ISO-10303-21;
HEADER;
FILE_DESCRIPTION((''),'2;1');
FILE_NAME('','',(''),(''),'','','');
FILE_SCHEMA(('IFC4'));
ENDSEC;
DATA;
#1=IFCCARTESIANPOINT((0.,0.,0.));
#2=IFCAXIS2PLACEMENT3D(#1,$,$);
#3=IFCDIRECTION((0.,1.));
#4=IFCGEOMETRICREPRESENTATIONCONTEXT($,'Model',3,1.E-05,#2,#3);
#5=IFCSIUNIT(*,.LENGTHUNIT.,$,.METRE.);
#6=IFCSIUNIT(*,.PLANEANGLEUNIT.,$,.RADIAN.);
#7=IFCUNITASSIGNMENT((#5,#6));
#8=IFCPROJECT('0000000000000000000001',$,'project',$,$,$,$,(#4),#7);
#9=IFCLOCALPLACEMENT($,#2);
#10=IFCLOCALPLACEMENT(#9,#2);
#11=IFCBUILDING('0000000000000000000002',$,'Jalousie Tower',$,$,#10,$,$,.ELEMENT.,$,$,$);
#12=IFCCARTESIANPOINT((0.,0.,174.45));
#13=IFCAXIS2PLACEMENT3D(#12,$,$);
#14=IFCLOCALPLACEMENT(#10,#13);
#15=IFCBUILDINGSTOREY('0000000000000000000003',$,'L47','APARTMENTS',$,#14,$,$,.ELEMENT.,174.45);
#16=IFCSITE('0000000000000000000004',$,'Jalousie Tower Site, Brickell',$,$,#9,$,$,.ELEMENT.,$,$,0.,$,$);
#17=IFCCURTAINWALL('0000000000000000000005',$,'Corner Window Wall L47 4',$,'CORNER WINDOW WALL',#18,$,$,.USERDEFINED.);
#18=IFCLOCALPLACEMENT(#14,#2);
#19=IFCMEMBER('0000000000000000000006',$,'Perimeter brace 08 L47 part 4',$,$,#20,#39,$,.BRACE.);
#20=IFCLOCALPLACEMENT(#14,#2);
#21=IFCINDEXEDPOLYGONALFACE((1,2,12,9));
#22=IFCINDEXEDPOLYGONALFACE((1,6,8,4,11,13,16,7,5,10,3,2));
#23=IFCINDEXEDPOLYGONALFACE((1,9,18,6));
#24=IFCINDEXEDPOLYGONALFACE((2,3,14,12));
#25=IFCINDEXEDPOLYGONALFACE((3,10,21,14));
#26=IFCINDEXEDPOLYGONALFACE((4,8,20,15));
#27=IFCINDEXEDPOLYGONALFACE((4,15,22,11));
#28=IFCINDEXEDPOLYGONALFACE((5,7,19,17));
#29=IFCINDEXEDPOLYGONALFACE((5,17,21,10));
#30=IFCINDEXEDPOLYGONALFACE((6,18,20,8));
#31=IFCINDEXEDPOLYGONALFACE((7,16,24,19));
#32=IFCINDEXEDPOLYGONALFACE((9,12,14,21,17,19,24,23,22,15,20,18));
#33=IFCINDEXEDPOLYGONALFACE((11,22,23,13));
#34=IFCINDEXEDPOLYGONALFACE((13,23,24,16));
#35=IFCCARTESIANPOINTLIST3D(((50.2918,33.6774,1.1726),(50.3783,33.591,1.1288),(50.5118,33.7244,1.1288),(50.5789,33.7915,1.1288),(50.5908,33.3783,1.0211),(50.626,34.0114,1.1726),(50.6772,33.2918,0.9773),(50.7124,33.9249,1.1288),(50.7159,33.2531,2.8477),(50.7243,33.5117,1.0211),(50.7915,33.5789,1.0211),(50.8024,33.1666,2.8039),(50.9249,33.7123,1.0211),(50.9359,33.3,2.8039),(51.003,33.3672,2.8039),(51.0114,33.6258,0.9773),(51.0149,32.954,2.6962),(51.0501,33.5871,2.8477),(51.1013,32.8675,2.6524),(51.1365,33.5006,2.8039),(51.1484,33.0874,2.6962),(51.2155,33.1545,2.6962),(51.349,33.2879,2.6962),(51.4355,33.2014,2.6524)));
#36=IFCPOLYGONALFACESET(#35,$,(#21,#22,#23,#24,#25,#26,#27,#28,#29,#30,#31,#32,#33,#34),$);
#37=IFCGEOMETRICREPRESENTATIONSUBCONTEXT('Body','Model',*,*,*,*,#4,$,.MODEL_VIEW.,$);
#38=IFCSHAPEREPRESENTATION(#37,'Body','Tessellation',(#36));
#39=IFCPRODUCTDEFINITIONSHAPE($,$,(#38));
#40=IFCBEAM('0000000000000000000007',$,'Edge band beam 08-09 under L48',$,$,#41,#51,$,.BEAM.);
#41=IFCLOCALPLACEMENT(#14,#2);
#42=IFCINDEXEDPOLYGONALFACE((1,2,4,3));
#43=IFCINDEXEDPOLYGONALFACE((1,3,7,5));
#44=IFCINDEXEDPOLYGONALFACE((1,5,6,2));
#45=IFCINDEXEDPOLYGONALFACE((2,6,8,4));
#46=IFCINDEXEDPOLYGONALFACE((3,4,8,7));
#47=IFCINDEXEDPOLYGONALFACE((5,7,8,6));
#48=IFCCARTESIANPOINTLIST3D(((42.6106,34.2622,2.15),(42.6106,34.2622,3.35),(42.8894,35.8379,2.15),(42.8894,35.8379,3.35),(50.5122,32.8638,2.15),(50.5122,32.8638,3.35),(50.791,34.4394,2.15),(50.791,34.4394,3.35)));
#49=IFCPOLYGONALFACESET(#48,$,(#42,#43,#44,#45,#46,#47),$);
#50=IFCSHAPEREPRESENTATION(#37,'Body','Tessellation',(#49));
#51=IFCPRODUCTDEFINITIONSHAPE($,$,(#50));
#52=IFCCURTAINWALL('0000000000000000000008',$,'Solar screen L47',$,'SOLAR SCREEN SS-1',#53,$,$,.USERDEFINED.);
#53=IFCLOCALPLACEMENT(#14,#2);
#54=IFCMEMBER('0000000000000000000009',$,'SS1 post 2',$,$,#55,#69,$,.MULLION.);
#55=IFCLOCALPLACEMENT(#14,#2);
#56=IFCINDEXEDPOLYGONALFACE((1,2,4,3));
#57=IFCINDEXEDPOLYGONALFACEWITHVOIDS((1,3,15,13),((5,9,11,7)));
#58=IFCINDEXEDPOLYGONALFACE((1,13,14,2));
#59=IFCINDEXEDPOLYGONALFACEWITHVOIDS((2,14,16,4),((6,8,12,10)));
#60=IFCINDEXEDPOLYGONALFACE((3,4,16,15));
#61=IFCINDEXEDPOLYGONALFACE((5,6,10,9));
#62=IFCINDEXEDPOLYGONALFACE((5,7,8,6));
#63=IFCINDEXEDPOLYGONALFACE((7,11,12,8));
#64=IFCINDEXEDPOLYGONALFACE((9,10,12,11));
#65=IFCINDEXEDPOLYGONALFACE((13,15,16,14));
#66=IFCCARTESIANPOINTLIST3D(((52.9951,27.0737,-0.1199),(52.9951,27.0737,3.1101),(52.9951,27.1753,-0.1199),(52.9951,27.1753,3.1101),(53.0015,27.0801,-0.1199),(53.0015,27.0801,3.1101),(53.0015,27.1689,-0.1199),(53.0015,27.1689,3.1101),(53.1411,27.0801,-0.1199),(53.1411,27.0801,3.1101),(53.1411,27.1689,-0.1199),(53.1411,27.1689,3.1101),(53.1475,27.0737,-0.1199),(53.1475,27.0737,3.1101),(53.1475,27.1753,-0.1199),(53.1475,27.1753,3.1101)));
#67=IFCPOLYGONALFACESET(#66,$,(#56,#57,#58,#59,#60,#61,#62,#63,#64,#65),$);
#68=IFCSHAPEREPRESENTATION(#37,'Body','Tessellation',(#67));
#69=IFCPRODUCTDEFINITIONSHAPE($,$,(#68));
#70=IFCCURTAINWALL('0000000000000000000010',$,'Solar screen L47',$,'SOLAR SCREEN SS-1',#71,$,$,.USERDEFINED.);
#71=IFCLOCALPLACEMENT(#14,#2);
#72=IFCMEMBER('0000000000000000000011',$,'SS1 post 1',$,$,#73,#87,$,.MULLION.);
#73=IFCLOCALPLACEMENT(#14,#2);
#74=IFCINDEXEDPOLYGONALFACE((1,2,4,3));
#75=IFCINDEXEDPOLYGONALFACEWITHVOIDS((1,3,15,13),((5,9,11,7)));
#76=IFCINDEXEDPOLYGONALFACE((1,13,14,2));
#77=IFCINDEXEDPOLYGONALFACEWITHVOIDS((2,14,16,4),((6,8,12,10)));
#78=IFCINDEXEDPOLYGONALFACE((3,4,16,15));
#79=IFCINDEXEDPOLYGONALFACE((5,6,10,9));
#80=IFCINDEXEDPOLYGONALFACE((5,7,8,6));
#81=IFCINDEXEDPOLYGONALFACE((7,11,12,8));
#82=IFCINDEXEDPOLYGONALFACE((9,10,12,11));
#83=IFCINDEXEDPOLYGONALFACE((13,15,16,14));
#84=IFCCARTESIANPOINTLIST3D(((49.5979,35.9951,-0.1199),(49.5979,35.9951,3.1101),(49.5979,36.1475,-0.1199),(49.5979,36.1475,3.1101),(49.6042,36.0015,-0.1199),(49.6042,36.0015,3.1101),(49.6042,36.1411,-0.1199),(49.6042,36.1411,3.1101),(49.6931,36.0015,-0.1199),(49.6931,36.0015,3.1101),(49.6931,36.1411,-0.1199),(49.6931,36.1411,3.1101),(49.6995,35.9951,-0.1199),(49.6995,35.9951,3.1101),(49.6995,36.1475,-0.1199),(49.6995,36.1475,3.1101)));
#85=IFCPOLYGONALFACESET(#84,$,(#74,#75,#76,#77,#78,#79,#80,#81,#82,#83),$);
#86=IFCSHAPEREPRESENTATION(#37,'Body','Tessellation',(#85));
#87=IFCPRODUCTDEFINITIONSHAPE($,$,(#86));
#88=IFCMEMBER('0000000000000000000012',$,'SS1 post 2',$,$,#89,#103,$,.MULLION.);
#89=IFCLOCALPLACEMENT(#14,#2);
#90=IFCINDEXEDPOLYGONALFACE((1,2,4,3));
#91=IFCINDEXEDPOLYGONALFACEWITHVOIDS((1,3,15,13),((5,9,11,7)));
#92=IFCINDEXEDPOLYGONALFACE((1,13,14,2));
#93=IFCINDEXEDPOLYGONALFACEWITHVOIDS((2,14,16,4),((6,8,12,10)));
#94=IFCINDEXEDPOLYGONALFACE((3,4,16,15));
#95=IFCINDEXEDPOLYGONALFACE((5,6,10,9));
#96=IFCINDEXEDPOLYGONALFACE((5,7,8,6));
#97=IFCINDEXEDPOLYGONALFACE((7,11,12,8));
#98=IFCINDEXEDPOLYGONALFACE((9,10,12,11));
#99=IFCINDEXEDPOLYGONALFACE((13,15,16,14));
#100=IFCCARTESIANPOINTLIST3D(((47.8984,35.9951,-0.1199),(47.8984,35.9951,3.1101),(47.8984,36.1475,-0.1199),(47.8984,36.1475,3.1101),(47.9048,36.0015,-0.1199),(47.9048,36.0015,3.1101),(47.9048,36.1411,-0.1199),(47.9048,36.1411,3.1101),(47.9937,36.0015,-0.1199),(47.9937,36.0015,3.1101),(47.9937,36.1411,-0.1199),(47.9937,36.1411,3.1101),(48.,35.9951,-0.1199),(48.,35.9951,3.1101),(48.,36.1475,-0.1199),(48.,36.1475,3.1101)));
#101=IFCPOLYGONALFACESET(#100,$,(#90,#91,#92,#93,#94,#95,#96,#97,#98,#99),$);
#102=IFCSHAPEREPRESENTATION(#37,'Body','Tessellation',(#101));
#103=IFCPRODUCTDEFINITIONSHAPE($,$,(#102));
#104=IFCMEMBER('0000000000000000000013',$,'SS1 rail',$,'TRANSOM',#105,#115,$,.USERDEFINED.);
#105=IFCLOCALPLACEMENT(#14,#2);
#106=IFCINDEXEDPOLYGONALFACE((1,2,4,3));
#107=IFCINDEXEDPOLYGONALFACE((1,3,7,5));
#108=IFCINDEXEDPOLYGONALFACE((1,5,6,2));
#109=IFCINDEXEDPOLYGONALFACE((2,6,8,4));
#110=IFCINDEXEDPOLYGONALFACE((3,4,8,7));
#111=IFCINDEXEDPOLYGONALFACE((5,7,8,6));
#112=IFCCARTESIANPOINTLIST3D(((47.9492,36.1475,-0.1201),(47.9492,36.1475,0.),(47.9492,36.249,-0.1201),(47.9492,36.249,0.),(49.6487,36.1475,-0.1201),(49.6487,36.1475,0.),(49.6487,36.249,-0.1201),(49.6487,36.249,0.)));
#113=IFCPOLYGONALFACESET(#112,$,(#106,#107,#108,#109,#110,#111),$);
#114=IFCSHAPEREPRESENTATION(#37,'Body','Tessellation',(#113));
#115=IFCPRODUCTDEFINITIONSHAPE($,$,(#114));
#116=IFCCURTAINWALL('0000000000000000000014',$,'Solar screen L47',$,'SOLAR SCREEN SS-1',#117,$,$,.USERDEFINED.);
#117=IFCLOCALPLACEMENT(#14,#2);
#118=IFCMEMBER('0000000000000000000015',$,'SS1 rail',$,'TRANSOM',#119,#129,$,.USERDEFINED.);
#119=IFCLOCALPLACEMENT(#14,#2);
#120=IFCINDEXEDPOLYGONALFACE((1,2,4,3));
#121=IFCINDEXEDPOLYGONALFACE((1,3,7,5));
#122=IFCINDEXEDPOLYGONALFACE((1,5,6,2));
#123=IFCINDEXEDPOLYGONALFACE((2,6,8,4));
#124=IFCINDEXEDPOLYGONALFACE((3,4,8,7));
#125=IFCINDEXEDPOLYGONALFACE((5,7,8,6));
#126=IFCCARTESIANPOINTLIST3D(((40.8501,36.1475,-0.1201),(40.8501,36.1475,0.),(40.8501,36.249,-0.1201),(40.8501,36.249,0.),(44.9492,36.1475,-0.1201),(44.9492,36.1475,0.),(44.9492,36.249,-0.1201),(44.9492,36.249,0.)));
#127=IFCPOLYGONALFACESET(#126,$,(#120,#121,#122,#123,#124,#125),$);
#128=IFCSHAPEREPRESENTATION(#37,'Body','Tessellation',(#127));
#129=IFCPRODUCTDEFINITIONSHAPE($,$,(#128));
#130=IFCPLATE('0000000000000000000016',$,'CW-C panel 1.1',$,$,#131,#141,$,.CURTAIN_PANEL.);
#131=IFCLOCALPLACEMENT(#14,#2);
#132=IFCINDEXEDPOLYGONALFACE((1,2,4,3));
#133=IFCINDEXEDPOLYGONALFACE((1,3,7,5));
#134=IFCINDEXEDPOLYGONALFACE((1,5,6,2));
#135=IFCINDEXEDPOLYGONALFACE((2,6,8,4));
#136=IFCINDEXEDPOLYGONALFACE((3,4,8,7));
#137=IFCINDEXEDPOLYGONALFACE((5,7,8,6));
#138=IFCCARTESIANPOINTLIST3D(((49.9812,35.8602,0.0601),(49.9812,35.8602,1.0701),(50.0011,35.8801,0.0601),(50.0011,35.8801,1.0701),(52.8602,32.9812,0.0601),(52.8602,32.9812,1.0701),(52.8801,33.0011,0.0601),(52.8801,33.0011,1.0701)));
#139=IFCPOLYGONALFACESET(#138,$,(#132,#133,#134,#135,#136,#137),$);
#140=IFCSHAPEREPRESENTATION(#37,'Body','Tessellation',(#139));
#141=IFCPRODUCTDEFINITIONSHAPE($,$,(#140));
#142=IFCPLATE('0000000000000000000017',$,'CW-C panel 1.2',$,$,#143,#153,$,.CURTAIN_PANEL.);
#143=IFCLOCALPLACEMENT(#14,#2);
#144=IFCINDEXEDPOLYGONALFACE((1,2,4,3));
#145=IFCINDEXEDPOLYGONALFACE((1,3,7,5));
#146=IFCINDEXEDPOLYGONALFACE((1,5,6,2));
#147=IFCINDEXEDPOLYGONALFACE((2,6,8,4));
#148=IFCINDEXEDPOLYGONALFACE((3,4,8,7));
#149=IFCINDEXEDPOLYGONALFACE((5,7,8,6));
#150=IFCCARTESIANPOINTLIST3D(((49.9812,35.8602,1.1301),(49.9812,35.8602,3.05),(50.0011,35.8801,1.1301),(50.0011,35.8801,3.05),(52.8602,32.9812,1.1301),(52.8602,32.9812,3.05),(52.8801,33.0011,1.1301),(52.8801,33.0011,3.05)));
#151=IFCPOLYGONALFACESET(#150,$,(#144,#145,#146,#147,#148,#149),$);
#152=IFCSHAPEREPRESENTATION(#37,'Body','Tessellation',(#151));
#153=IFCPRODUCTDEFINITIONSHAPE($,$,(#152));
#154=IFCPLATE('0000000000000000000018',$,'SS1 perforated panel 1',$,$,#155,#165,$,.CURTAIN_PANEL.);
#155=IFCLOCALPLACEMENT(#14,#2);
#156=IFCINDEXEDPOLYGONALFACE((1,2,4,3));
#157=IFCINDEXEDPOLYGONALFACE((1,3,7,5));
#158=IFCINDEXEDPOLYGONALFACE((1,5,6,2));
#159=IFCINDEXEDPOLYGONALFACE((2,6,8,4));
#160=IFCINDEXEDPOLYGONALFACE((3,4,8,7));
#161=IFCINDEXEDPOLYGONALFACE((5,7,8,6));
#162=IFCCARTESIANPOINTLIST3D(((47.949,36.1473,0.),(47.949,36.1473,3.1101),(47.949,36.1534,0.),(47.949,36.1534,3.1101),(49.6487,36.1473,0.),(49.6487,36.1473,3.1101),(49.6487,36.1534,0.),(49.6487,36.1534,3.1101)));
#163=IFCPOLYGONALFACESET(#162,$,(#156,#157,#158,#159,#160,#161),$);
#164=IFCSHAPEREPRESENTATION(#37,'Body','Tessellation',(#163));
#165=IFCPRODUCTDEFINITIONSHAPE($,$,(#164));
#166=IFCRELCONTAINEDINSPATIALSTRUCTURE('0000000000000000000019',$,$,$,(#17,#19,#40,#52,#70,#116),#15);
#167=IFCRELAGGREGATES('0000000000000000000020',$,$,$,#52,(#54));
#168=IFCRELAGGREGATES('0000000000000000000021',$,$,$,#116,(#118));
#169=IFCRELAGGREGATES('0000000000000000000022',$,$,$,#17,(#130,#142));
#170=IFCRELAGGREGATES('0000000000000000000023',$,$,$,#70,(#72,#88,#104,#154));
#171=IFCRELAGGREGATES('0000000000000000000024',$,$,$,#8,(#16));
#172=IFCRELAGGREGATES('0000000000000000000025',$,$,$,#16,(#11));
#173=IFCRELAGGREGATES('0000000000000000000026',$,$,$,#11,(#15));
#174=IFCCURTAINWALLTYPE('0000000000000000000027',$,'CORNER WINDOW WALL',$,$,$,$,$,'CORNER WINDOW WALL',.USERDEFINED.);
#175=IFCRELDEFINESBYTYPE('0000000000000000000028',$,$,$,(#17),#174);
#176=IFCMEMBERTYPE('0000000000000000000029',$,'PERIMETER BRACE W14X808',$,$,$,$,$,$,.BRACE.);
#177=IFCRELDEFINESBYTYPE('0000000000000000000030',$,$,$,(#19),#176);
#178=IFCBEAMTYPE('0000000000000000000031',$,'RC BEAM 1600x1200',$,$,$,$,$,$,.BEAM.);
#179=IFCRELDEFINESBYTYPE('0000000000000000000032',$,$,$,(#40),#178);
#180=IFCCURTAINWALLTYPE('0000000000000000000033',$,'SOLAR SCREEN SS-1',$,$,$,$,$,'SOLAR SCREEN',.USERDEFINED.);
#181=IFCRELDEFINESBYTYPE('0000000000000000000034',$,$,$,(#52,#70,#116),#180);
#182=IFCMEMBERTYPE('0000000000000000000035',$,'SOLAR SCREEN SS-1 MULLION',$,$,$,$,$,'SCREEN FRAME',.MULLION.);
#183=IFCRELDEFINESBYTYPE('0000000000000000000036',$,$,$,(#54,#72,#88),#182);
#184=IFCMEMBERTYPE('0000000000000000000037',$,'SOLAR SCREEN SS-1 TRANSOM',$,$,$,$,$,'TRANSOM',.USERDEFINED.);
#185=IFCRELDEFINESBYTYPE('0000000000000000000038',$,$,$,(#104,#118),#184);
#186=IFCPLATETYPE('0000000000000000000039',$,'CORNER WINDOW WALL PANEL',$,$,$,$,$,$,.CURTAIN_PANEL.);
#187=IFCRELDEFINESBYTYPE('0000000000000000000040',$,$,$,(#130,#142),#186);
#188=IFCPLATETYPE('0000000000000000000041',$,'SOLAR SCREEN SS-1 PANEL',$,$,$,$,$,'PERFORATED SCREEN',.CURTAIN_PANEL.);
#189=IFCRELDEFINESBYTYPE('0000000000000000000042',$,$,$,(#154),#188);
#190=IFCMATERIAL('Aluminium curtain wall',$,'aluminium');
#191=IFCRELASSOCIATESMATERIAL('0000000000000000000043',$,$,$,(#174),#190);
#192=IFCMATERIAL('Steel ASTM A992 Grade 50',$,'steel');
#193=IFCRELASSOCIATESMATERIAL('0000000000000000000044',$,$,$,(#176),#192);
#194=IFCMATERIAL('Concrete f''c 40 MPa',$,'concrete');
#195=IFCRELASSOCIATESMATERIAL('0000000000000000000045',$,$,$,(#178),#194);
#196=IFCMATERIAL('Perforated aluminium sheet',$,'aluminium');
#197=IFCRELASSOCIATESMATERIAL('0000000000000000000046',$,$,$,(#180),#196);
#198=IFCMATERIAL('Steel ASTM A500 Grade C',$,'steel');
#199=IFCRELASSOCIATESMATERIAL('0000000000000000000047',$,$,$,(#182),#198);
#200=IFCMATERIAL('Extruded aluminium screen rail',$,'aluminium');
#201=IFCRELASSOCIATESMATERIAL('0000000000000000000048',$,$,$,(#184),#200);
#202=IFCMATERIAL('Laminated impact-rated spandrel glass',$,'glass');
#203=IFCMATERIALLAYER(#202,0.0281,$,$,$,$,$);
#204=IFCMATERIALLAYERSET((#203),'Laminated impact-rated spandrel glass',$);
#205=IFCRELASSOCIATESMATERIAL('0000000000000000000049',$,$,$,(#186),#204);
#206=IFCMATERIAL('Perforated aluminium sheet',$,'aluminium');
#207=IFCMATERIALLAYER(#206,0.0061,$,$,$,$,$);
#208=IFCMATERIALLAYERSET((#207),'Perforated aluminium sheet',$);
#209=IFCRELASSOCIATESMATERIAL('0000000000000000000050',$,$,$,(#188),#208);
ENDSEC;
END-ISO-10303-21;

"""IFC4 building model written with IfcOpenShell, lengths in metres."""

from ifc_helpers import new_model, si_unit, direction, frame, origin, origin_2d, place, context, subcontext, project, spatial, rectangle, hollow_rectangle, i_section, extrude, material, layer, layer_set, material_profile, profile_set, type_object, element, aggregate, save


model = new_model("IFC4")

# Units and contexts
model_context = context("Model", 3, precision=1e-05, world=origin(), true_north=direction((0.0, 1.0)))
body_context = subcontext(model_context, "Body", "Model", "MODEL_VIEW")
ifc_project = project(units=[si_unit("LENGTHUNIT", "METRE"), si_unit("PLANEANGLEUNIT", "RADIAN")], contexts=[model_context])

# Site, building, storey
site_placement = place(None, origin())
site = spatial("IfcSite", under=ifc_project, at=site_placement, Name="Jalousie Tower Site, Brickell", CompositionType="ELEMENT", RefElevation=0.0)
building_placement = place(site_placement, origin())
building = spatial("IfcBuilding", under=site, at=building_placement, Name="Jalousie Tower", CompositionType="ELEMENT")
storey_placement = place(building_placement, frame((0.0, 0.0, 174.45)))
storey = spatial("IfcBuildingStorey", under=building, at=storey_placement, Name="L47", Description="APARTMENTS", CompositionType="ELEMENT", Elevation=174.45)

# Curtain wall
ifc_material_1 = material(Name="Aluminium curtain wall", Category="aluminium")
curtain_wall_type_1 = type_object("IfcCurtainWallType", Name="CORNER WINDOW WALL", ElementType="CORNER WINDOW WALL", PredefinedType="USERDEFINED", material=ifc_material_1)
curtain_wall_1_placement = place(storey_placement, origin())
curtain_wall_1 = element("IfcCurtainWall", 1, at=curtain_wall_1_placement, inside=storey, type_object=curtain_wall_type_1, Name="Corner Window Wall L47 4", ObjectType="CORNER WINDOW WALL", PredefinedType="USERDEFINED")

# Member
ifc_material_2 = material(Name="Steel ASTM A992 Grade 50", Category="steel")
ifc_material_profile_1 = material_profile(ifc_material_2, i_section(OverallWidth=0.4724, OverallDepth=0.5791, WebThickness=0.095, FlangeThickness=0.1299, at=origin_2d()), Name="W14X808")
ifc_profile_set_1 = profile_set([ifc_material_profile_1], Name="Steel ASTM A992 Grade 50")
member_type_1 = type_object("IfcMemberType", Name="PERIMETER BRACE W14X808", PredefinedType="BRACE", material=ifc_profile_set_1)
member_1_placement = place(storey_placement, frame((50.6516, 33.6516, 1.075), z_axis=(0.238346, -0.238483, 0.941444), x_axis=(0.70731, 0.706903, 0.0)))
element("IfcMember", 2, at=member_1_placement, inside=storey, type_object=member_type_1, Name="Perimeter brace 08 L47 part 4", PredefinedType="BRACE", context=body_context, shape_type="SweptSolid", body=[
    extrude(i_section(OverallWidth=0.4724, OverallDepth=0.5791, WebThickness=0.095, FlangeThickness=0.1299, at=origin_2d()), origin(), (0.0, 0.0, 1.0), 1.7793),
])

# Beam
ifc_material_3 = material(Name="Concrete f'c 40 MPa", Category="concrete")
ifc_material_profile_2 = material_profile(ifc_material_3, rectangle(XDim=1.6001, YDim=1.2, at=origin_2d()), Name="RC 1600x1200")
ifc_profile_set_2 = profile_set([ifc_material_profile_2], Name="Concrete f'c 40 MPa")
beam_type = type_object("IfcBeamType", Name="RC BEAM 1600x1200", PredefinedType="BEAM", material=ifc_profile_set_2)
beam_placement = place(storey_placement, frame((50.6516, 33.6516, 2.75), z_axis=(-0.984697, 0.174273, 0.0), x_axis=(-0.174273, -0.984697, 0.0)))
element("IfcBeam", 3, at=beam_placement, inside=storey, type_object=beam_type, Name="Edge band beam 08-09 under L48", PredefinedType="BEAM", context=body_context, shape_type="SweptSolid", body=[
    extrude(rectangle(XDim=1.6001, YDim=1.2, at=origin_2d()), origin(), (0.0, 0.0, 1.0), 8.0244),
])

# Curtain wall, member
ifc_material_4 = material(Name="Perforated aluminium sheet", Category="aluminium")
curtain_wall_type_2 = type_object("IfcCurtainWallType", Name="SOLAR SCREEN SS-1", ElementType="SOLAR SCREEN", PredefinedType="USERDEFINED", material=ifc_material_4)
curtain_wall_2_placement = place(storey_placement, origin())
curtain_wall_2 = element("IfcCurtainWall", 4, at=curtain_wall_2_placement, inside=storey, type_object=curtain_wall_type_2, Name="Solar screen L47", ObjectType="SOLAR SCREEN SS-1", PredefinedType="USERDEFINED")
ifc_material_5 = material(Name="Steel ASTM A500 Grade C", Category="steel")
ifc_material_profile_3 = material_profile(ifc_material_5, hollow_rectangle(XDim=0.1016, YDim=0.1523, WallThickness=0.0063, at=origin_2d()), Name="HSS6X4X1/4")
ifc_profile_set_3 = profile_set([ifc_material_profile_3], Name="Steel ASTM A500 Grade C")
member_type_2 = type_object("IfcMemberType", Name="SOLAR SCREEN SS-1 MULLION", ElementType="SCREEN FRAME", PredefinedType="MULLION", material=ifc_profile_set_3)
member_2_placement = place(storey_placement, frame((53.0713, 27.1245, -0.1199), z_axis=(0.0, 0.0, 1.0), x_axis=(0.0, 1.0, 0.0)))
member_2 = element("IfcMember", 5, at=member_2_placement, type_object=member_type_2, Name="SS1 post 2", PredefinedType="MULLION", context=body_context, shape_type="SweptSolid", body=[
    extrude(hollow_rectangle(XDim=0.1016, YDim=0.1523, WallThickness=0.0063, at=origin_2d()), origin(), (0.0, 0.0, 1.0), 3.23),
])
aggregate(curtain_wall_2, [member_2])

# Curtain wall, members
curtain_wall_3_placement = place(storey_placement, origin())
curtain_wall_3 = element("IfcCurtainWall", 6, at=curtain_wall_3_placement, inside=storey, type_object=curtain_wall_type_2, Name="Solar screen L47", ObjectType="SOLAR SCREEN SS-1", PredefinedType="USERDEFINED")
member_3_placement = place(storey_placement, frame((49.6487, 36.0713, -0.1199), z_axis=(0.0, 0.0, 1.0), x_axis=(-1.0, 0.0, 0.0)))
member_3 = element("IfcMember", 7, at=member_3_placement, type_object=member_type_2, Name="SS1 post 1", PredefinedType="MULLION", context=body_context, shape_type="SweptSolid", body=[
    extrude(hollow_rectangle(XDim=0.1016, YDim=0.1523, WallThickness=0.0063, at=origin_2d()), origin(), (0.0, 0.0, 1.0), 3.23),
])
member_4_placement = place(storey_placement, frame((47.9492, 36.0713, -0.1199), z_axis=(0.0, 0.0, 1.0), x_axis=(-1.0, 0.0, 0.0)))
member_4 = element("IfcMember", 8, at=member_4_placement, type_object=member_type_2, Name="SS1 post 2", PredefinedType="MULLION", context=body_context, shape_type="SweptSolid", body=[
    extrude(hollow_rectangle(XDim=0.1016, YDim=0.1523, WallThickness=0.0063, at=origin_2d()), origin(), (0.0, 0.0, 1.0), 3.23),
])
ifc_material_6 = material(Name="Extruded aluminium screen rail", Category="aluminium")
ifc_material_profile_4 = material_profile(ifc_material_6, rectangle(XDim=0.1016, YDim=0.1201, at=origin_2d()), Name="RAIL 102x120")
ifc_profile_set_4 = profile_set([ifc_material_profile_4], Name="Extruded aluminium screen rail")
member_type_3 = type_object("IfcMemberType", Name="SOLAR SCREEN SS-1 TRANSOM", ElementType="TRANSOM", PredefinedType="USERDEFINED", material=ifc_profile_set_4)
member_5_placement = place(storey_placement, frame((49.6487, 36.1982, -0.0601), z_axis=(-1.0, 0.0, 0.0), x_axis=(0.0, -1.0, 0.0)))
member_5 = element("IfcMember", 9, at=member_5_placement, type_object=member_type_3, Name="SS1 rail", ObjectType="TRANSOM", PredefinedType="USERDEFINED", context=body_context, shape_type="SweptSolid", body=[
    extrude(rectangle(XDim=0.1016, YDim=0.1201, at=origin_2d()), origin(), (0.0, 0.0, 1.0), 1.6995),
])

# Curtain wall, member
curtain_wall_4_placement = place(storey_placement, origin())
curtain_wall_4 = element("IfcCurtainWall", 10, at=curtain_wall_4_placement, inside=storey, type_object=curtain_wall_type_2, Name="Solar screen L47", ObjectType="SOLAR SCREEN SS-1", PredefinedType="USERDEFINED")
member_6_placement = place(storey_placement, frame((44.9492, 36.1982, -0.0601), z_axis=(-1.0, 0.0, 0.0), x_axis=(0.0, -1.0, 0.0)))
member_6 = element("IfcMember", 11, at=member_6_placement, type_object=member_type_3, Name="SS1 rail", ObjectType="TRANSOM", PredefinedType="USERDEFINED", context=body_context, shape_type="SweptSolid", body=[
    extrude(rectangle(XDim=0.1016, YDim=0.1201, at=origin_2d()), origin(), (0.0, 0.0, 1.0), 4.0991),
])
aggregate(curtain_wall_4, [member_6])

# Plates
ifc_material_7 = material(Name="Laminated impact-rated spandrel glass", Category="glass")
ifc_layer_1 = layer(ifc_material_7, 0.0281)
ifc_layer_set_1 = layer_set([ifc_layer_1], Name="Laminated impact-rated spandrel glass")
plate_type_1 = type_object("IfcPlateType", Name="CORNER WINDOW WALL PANEL", PredefinedType="CURTAIN_PANEL", material=ifc_layer_set_1)
plate_1_placement = place(storey_placement, frame((51.4307, 34.4307, 0.0601), z_axis=(0.0, 0.0, 1.0), x_axis=(-0.707107, 0.707107, 0.0)))
plate_1 = element("IfcPlate", 12, at=plate_1_placement, type_object=plate_type_1, Name="CW-C panel 1.1", PredefinedType="CURTAIN_PANEL", context=body_context, shape_type="SweptSolid", body=[
    extrude(rectangle(XDim=4.0715, YDim=0.0281, at=origin_2d()), origin(), (0.0, 0.0, 1.0), 1.01),
])
plate_2_placement = place(storey_placement, frame((51.4307, 34.4307, 1.1301), z_axis=(0.0, 0.0, 1.0), x_axis=(-0.707107, 0.707107, 0.0)))
plate_2 = element("IfcPlate", 13, at=plate_2_placement, type_object=plate_type_1, Name="CW-C panel 1.2", PredefinedType="CURTAIN_PANEL", context=body_context, shape_type="SweptSolid", body=[
    extrude(rectangle(XDim=4.0715, YDim=0.0281, at=origin_2d()), origin(), (0.0, 0.0, 1.0), 1.9199),
])
aggregate(curtain_wall_1, [plate_1, plate_2])
ifc_material_8 = material(Name="Perforated aluminium sheet", Category="aluminium")
ifc_layer_2 = layer(ifc_material_8, 0.0061)
ifc_layer_set_2 = layer_set([ifc_layer_2], Name="Perforated aluminium sheet")
plate_type_2 = type_object("IfcPlateType", Name="SOLAR SCREEN SS-1 PANEL", ElementType="PERFORATED SCREEN", PredefinedType="CURTAIN_PANEL", material=ifc_layer_set_2)
plate_3_placement = place(storey_placement, frame((48.7988, 36.1504, 0.0), z_axis=(0.0, 0.0, 1.0), x_axis=(-1.0, 0.0, 0.0)))
plate_3 = element("IfcPlate", 14, at=plate_3_placement, type_object=plate_type_2, Name="SS1 perforated panel 1", PredefinedType="CURTAIN_PANEL", context=body_context, shape_type="SweptSolid", body=[
    extrude(rectangle(XDim=1.6997, YDim=0.0061, at=origin_2d()), origin(), (0.0, 0.0, 1.0), 3.1101),
])
aggregate(curtain_wall_3, [member_3, member_4, member_5, plate_3])

save(model, "model.ifc")
